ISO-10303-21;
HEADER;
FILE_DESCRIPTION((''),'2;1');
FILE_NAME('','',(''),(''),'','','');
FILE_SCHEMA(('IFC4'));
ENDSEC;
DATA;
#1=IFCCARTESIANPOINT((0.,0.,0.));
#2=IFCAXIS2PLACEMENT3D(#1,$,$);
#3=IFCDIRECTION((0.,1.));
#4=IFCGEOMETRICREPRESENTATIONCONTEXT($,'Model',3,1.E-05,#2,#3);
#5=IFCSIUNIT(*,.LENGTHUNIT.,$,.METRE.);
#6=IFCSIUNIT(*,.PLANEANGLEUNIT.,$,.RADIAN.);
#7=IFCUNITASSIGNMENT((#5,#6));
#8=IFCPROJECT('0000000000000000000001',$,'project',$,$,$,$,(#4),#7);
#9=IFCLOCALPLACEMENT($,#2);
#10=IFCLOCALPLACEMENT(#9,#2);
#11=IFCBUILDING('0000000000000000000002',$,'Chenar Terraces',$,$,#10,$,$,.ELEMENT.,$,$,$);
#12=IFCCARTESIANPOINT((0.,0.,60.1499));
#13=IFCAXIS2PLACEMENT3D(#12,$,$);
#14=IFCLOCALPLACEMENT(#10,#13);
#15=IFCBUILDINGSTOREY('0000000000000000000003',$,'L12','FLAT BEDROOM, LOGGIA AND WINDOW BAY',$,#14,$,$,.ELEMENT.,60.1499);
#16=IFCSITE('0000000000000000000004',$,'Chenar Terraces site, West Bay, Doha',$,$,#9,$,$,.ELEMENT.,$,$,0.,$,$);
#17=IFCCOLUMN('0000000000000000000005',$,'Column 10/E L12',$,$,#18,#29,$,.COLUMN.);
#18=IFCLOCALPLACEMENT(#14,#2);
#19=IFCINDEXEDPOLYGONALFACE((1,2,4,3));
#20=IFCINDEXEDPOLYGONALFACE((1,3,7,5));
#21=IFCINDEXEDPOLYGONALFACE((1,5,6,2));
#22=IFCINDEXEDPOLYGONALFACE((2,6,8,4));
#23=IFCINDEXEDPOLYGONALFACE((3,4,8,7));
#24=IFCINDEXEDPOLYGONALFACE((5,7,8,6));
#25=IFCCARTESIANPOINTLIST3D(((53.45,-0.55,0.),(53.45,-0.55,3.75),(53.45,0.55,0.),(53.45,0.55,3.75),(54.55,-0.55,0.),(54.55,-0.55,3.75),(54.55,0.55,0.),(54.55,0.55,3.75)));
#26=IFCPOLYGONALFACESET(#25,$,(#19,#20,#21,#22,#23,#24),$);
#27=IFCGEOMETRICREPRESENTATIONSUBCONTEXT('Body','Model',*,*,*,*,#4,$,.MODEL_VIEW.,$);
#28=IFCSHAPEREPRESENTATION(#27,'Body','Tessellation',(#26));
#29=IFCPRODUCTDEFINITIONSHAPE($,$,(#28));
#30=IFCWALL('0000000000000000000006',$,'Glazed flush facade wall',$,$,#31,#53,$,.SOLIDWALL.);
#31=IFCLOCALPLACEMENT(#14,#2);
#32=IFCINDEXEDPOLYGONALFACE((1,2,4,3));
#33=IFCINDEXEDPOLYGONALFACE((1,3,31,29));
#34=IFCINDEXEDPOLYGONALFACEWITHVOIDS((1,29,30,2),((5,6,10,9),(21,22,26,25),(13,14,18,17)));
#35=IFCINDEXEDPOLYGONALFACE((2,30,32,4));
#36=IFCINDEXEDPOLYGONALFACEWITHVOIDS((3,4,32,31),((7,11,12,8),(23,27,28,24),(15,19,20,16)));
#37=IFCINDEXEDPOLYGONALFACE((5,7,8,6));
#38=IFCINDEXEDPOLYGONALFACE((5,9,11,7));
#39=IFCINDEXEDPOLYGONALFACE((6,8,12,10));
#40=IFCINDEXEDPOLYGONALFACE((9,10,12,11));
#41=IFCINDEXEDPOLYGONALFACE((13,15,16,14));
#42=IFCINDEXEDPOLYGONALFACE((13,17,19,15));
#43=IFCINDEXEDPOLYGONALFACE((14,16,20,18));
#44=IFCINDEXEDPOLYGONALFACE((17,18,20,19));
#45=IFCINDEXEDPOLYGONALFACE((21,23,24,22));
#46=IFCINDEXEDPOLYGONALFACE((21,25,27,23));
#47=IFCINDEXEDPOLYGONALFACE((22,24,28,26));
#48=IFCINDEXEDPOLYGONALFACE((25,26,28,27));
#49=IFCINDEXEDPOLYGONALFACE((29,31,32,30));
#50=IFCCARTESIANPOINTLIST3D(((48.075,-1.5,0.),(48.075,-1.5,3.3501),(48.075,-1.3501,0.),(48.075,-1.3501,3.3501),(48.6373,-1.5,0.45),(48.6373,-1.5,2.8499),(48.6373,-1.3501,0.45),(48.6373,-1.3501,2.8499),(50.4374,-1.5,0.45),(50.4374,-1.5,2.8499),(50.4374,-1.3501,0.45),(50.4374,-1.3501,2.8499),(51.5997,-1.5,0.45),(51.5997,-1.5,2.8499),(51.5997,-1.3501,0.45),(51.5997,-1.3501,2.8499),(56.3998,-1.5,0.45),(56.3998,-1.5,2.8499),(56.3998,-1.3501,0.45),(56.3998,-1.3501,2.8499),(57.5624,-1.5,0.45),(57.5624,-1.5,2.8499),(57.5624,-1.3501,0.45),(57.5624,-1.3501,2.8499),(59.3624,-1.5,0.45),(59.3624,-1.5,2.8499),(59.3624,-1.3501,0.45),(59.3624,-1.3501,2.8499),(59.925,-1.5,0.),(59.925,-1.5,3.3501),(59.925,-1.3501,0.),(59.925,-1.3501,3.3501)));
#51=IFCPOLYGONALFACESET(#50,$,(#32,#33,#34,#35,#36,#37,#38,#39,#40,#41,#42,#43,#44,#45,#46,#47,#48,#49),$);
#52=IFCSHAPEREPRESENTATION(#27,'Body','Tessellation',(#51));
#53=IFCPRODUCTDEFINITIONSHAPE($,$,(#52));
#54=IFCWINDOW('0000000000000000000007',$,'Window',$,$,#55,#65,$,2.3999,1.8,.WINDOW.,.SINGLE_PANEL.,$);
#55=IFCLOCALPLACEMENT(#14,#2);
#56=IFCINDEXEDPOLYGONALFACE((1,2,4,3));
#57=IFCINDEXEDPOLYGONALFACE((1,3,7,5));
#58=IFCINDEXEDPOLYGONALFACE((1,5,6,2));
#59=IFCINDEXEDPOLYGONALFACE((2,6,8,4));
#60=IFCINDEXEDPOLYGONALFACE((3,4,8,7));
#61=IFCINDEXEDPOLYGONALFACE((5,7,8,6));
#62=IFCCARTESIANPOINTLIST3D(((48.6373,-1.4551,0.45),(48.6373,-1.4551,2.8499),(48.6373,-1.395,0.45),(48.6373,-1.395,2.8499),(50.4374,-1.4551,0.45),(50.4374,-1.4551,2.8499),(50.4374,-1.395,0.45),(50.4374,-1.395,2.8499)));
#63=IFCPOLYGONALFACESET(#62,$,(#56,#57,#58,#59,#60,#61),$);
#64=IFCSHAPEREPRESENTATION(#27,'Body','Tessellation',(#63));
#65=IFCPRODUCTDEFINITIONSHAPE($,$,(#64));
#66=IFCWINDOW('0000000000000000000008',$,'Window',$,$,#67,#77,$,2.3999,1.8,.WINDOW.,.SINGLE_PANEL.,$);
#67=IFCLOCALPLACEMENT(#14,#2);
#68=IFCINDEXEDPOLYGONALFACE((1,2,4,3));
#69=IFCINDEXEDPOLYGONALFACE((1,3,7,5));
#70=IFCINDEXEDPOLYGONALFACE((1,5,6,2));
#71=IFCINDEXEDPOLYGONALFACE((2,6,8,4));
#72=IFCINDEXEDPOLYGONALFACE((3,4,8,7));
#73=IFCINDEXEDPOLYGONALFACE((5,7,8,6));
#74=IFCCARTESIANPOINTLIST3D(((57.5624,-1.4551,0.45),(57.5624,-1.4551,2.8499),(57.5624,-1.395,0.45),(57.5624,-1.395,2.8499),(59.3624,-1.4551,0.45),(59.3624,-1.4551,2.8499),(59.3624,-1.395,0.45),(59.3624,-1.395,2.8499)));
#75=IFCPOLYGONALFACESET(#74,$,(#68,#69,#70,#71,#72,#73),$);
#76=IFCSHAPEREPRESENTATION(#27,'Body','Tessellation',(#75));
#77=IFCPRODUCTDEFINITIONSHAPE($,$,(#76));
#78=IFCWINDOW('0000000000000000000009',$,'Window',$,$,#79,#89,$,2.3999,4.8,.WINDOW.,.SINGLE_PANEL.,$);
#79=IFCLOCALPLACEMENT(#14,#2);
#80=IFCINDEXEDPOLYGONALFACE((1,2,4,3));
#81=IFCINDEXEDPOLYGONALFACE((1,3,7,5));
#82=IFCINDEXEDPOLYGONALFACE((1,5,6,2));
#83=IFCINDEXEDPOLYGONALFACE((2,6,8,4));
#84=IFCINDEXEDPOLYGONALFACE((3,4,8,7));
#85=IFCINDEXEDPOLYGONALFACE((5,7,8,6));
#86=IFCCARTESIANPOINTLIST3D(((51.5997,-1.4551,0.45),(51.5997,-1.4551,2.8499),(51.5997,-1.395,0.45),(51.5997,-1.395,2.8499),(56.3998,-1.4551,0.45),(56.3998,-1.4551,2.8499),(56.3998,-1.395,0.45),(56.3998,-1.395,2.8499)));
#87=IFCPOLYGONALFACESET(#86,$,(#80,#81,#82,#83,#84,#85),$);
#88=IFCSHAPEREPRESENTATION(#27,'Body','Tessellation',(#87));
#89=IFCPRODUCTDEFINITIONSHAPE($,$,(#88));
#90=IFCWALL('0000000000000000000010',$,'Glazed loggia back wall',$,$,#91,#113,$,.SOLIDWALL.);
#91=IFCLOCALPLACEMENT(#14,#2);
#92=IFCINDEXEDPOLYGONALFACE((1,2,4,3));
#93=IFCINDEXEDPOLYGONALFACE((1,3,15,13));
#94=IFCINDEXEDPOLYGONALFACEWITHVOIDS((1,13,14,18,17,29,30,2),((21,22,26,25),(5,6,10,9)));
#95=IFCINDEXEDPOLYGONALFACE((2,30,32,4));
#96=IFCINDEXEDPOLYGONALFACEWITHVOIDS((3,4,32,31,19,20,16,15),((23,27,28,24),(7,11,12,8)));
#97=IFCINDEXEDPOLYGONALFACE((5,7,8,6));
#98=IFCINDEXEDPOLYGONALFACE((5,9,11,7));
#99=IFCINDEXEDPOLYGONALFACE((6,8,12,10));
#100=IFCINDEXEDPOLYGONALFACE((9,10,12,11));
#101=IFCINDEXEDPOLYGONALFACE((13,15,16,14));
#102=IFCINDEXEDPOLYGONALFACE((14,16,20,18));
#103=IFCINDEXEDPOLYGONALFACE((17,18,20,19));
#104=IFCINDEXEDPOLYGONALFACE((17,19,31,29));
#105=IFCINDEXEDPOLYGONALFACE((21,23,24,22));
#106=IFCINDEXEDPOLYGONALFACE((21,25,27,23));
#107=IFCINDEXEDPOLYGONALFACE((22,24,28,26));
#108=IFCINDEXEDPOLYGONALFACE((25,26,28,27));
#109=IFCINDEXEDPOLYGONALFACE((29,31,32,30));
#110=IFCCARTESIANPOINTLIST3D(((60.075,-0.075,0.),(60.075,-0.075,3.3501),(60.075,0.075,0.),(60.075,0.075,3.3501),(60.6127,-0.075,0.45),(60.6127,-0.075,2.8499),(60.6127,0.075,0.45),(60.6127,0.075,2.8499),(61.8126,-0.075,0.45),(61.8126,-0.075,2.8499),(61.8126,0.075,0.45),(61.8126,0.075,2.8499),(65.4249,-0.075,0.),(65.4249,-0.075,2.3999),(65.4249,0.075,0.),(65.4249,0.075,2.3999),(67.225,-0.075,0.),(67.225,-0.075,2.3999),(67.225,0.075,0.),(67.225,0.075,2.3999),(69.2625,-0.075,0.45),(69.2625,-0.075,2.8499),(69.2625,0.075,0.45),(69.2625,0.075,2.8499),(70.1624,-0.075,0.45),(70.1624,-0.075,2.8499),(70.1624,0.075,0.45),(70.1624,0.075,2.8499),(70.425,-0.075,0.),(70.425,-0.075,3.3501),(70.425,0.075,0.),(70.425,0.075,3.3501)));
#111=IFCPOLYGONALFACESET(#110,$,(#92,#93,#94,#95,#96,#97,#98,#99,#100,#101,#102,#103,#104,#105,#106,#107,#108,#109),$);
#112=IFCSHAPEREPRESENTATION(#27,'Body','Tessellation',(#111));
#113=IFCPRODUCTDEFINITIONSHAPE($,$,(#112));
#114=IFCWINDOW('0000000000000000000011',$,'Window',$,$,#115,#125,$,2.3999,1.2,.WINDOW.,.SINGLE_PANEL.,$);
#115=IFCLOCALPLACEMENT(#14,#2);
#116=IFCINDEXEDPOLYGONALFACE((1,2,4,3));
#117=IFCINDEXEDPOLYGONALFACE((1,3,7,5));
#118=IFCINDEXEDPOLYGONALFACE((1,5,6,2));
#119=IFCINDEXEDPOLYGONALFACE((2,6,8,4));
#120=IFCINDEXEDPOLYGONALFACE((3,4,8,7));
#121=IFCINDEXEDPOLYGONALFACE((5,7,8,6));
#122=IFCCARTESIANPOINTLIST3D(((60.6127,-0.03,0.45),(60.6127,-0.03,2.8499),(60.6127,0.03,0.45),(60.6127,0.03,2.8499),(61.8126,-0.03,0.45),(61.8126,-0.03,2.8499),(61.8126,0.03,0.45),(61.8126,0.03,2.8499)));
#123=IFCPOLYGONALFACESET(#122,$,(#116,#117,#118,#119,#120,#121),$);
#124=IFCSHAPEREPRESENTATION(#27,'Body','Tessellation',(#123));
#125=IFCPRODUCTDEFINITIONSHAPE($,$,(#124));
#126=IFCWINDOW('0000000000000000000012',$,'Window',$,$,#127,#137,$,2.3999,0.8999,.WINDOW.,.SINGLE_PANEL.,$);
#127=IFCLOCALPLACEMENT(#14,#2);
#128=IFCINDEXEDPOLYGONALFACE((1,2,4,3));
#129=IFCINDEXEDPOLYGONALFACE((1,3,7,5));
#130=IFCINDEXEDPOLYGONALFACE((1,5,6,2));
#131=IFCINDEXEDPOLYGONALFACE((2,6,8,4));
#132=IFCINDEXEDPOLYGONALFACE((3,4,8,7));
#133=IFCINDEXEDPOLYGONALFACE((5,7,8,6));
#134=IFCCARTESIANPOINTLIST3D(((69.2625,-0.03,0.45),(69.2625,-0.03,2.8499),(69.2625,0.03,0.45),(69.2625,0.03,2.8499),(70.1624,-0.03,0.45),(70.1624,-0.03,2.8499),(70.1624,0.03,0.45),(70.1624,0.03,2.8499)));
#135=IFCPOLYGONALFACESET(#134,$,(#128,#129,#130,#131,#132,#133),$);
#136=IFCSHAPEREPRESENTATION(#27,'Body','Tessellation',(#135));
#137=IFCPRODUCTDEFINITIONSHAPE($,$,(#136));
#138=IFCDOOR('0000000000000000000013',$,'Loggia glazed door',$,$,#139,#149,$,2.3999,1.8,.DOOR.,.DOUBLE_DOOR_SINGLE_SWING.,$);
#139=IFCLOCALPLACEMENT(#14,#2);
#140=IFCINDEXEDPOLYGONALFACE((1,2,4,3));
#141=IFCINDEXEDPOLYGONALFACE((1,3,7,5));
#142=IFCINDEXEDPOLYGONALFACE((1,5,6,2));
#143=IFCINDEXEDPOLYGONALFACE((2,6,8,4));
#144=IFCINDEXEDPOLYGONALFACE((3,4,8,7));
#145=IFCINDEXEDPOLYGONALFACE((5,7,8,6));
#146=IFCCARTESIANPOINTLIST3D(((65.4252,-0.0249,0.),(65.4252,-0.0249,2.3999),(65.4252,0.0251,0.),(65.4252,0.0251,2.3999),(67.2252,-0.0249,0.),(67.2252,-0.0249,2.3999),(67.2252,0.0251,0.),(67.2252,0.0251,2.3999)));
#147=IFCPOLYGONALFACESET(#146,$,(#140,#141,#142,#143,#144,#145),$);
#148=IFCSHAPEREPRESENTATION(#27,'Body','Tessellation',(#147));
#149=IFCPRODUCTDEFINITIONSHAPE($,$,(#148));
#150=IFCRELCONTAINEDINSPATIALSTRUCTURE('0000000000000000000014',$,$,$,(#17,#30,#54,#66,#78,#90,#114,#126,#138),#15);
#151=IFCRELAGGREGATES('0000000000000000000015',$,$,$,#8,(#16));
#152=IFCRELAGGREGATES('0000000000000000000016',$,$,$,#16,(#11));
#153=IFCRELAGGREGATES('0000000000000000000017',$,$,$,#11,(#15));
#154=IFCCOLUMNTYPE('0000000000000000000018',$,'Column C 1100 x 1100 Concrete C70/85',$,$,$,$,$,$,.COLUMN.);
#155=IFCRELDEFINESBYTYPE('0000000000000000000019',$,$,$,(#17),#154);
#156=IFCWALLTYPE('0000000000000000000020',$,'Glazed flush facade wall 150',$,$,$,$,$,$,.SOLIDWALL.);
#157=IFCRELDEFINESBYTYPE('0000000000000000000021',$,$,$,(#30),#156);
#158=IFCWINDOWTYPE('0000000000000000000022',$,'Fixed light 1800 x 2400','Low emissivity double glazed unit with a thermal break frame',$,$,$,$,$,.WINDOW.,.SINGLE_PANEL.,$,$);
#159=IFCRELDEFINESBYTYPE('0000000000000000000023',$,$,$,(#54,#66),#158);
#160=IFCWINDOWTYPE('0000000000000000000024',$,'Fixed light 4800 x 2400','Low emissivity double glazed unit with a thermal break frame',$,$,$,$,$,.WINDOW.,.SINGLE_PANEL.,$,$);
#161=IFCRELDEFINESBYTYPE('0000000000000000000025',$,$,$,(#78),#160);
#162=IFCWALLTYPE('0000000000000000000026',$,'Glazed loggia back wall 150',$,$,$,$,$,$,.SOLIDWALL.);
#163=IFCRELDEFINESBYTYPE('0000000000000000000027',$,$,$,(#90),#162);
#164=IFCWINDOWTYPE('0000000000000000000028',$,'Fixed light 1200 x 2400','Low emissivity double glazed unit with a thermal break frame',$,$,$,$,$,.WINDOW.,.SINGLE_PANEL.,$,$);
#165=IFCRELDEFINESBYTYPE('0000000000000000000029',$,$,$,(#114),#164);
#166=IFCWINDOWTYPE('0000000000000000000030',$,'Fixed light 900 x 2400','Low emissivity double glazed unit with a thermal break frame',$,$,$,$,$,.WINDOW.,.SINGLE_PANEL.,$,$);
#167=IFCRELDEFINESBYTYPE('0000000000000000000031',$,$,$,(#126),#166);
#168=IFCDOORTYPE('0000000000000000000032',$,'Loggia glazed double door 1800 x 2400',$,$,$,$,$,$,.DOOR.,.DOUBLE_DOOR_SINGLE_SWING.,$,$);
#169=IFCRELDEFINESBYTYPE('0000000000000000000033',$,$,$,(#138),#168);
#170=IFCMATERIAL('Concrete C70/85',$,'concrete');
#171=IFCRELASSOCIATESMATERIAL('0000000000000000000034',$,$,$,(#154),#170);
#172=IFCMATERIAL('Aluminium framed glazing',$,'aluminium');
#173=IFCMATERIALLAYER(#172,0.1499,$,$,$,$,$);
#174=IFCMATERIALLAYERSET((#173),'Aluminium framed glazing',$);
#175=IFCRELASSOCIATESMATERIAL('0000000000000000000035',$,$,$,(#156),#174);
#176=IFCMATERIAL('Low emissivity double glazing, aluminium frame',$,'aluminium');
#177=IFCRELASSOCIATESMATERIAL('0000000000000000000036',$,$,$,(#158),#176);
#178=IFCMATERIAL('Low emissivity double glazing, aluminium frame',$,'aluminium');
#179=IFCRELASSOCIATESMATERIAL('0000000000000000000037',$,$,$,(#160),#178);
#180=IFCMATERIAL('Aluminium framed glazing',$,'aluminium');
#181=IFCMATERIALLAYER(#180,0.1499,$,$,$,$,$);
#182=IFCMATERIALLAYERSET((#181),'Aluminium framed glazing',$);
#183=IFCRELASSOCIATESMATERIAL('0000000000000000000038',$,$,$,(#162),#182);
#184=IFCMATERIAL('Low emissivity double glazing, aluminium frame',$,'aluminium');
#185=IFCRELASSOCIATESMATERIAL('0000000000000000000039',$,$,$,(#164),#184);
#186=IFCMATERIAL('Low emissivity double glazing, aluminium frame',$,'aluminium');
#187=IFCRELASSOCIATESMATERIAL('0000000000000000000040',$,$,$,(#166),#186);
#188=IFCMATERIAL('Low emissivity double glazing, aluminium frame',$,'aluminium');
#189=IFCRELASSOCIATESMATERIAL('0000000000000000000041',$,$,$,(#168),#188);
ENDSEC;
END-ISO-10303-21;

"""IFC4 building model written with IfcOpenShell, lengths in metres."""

from ifc_helpers import new_model, si_unit, direction, frame, frame_2d, origin, origin_2d, place, context, subcontext, project, spatial, rectangle, extrude, material, layer, layer_set, material_profile, profile_set, type_object, element, fill, save


model = new_model("IFC4")

# Units and contexts
model_context = context("Model", 3, precision=1e-05, world=origin(), true_north=direction((0.0, 1.0)))
body_context = subcontext(model_context, "Body", "Model", "MODEL_VIEW")
ifc_project = project(units=[si_unit("LENGTHUNIT", "METRE"), si_unit("PLANEANGLEUNIT", "RADIAN")], contexts=[model_context])

# Site, building, storey
site_placement = place(None, origin())
site = spatial("IfcSite", under=ifc_project, at=site_placement, Name="Chenar Terraces site, West Bay, Doha", CompositionType="ELEMENT", RefElevation=0.0)
building_placement = place(site_placement, origin())
building = spatial("IfcBuilding", under=site, at=building_placement, Name="Chenar Terraces", CompositionType="ELEMENT")
storey_placement = place(building_placement, frame((0.0, 0.0, 60.1499)))
storey = spatial("IfcBuildingStorey", under=building, at=storey_placement, Name="L12", Description="FLAT BEDROOM, LOGGIA AND WINDOW BAY", CompositionType="ELEMENT", Elevation=60.1499)

# Column
ifc_material_1 = material(Name="Concrete C70/85", Category="concrete")
ifc_material_profile = material_profile(ifc_material_1, rectangle(XDim=1.1001, YDim=1.1001, at=origin_2d()), Name="C 1100 x 1100")
ifc_profile_set = profile_set([ifc_material_profile], Name="Concrete C70/85")
column_type = type_object("IfcColumnType", Name="Column C 1100 x 1100 Concrete C70/85", PredefinedType="COLUMN", material=ifc_profile_set)
column_placement = place(storey_placement, frame((54.0, 0.0, 0.0), z_axis=(0.0, 0.0, 1.0), x_axis=(1.0, 0.0, 0.0)))
element("IfcColumn", 1, at=column_placement, inside=storey, type_object=column_type, Name="Column 10/E L12", PredefinedType="COLUMN", context=body_context, shape_type="SweptSolid", body=[
    extrude(rectangle(XDim=1.1001, YDim=1.1001, at=origin_2d()), origin(), (0.0, 0.0, 1.0), 3.75),
])

# Wall, openings, windows
ifc_material_2 = material(Name="Aluminium framed glazing", Category="aluminium")
ifc_layer_1 = layer(ifc_material_2, 0.1499)
ifc_layer_set_1 = layer_set([ifc_layer_1], Name="Aluminium framed glazing")
wall_type_1 = type_object("IfcWallType", Name="Glazed flush facade wall 150", PredefinedType="SOLIDWALL", material=ifc_layer_set_1)
wall_1_placement = place(storey_placement, frame((48.075, -1.425, 0.0), z_axis=(0.0, 0.0, 1.0), x_axis=(1.0, 0.0, 0.0)))
wall_1 = element("IfcWall", 2, at=wall_1_placement, inside=storey, type_object=wall_type_1, Name="Glazed flush facade wall", PredefinedType="SOLIDWALL", context=body_context, shape_type="SweptSolid", body=[
    extrude(rectangle(XDim=11.8501, YDim=0.1499, at=frame_2d((5.925, 0.0))), origin(), (0.0, 0.0, 1.0), 3.3501),
])
opening_1_placement = place(wall_1_placement, frame((0.5625, 0.0, 0.45)))
opening_1 = element("IfcOpeningElement", 3, at=opening_1_placement, cuts=wall_1, PredefinedType="OPENING", context=body_context, shape_type="SweptSolid", body=[
    extrude(rectangle(XDim=1.8, YDim=2.3999, at=frame_2d((0.8999, 1.2))), frame((0.0, 0.085, 0.0), z_axis=(0.0, -1.0, 0.0), x_axis=(1.0, 0.0, 0.0)), (0.0, 0.0, 1.0), 0.1699),
])
opening_2_placement = place(wall_1_placement, frame((3.5249, 0.0, 0.45)))
opening_2 = element("IfcOpeningElement", 4, at=opening_2_placement, cuts=wall_1, PredefinedType="OPENING", context=body_context, shape_type="SweptSolid", body=[
    extrude(rectangle(XDim=4.8, YDim=2.3999, at=frame_2d((2.3999, 1.2))), frame((0.0, 0.085, 0.0), z_axis=(0.0, -1.0, 0.0), x_axis=(1.0, 0.0, 0.0)), (0.0, 0.0, 1.0), 0.1699),
])
opening_3_placement = place(wall_1_placement, frame((9.4875, 0.0, 0.45)))
opening_3 = element("IfcOpeningElement", 5, at=opening_3_placement, cuts=wall_1, PredefinedType="OPENING", context=body_context, shape_type="SweptSolid", body=[
    extrude(rectangle(XDim=1.8, YDim=2.3999, at=frame_2d((0.8999, 1.2))), frame((0.0, 0.085, 0.0), z_axis=(0.0, -1.0, 0.0), x_axis=(1.0, 0.0, 0.0)), (0.0, 0.0, 1.0), 0.1699),
])
ifc_material_3 = material(Name="Low emissivity double glazing, aluminium frame", Category="aluminium")
window_type_1 = type_object("IfcWindowType", Name="Fixed light 1800 x 2400", Description="Low emissivity double glazed unit with a thermal break frame", PartitioningType="SINGLE_PANEL", PredefinedType="WINDOW", material=ifc_material_3)
window_1_placement = place(opening_1_placement, origin())
window_1 = element("IfcWindow", 6, at=window_1_placement, inside=storey, type_object=window_type_1, Name="Window", OverallHeight=2.3999, OverallWidth=1.8, PartitioningType="SINGLE_PANEL", PredefinedType="WINDOW", context=body_context, shape_type="SweptSolid", body=[
    extrude(rectangle(XDim=1.8, YDim=2.3999, at=frame_2d((0.8999, 1.2))), frame((0.0, 0.03, 0.0), z_axis=(0.0, -1.0, 0.0), x_axis=(1.0, 0.0, 0.0)), (0.0, 0.0, 1.0), 0.0601),
])
fill(opening_1, window_1)
window_2_placement = place(opening_3_placement, origin())
window_2 = element("IfcWindow", 7, at=window_2_placement, inside=storey, type_object=window_type_1, Name="Window", OverallHeight=2.3999, OverallWidth=1.8, PartitioningType="SINGLE_PANEL", PredefinedType="WINDOW", context=body_context, shape_type="SweptSolid", body=[
    extrude(rectangle(XDim=1.8, YDim=2.3999, at=frame_2d((0.8999, 1.2))), frame((0.0, 0.03, 0.0), z_axis=(0.0, -1.0, 0.0), x_axis=(1.0, 0.0, 0.0)), (0.0, 0.0, 1.0), 0.0601),
])
fill(opening_3, window_2)
ifc_material_4 = material(Name="Low emissivity double glazing, aluminium frame", Category="aluminium")
window_type_2 = type_object("IfcWindowType", Name="Fixed light 4800 x 2400", Description="Low emissivity double glazed unit with a thermal break frame", PartitioningType="SINGLE_PANEL", PredefinedType="WINDOW", material=ifc_material_4)
window_3_placement = place(opening_2_placement, origin())
window_3 = element("IfcWindow", 8, at=window_3_placement, inside=storey, type_object=window_type_2, Name="Window", OverallHeight=2.3999, OverallWidth=4.8, PartitioningType="SINGLE_PANEL", PredefinedType="WINDOW", context=body_context, shape_type="SweptSolid", body=[
    extrude(rectangle(XDim=4.8, YDim=2.3999, at=frame_2d((2.3999, 1.2))), frame((0.0, 0.03, 0.0), z_axis=(0.0, -1.0, 0.0), x_axis=(1.0, 0.0, 0.0)), (0.0, 0.0, 1.0), 0.0601),
])
fill(opening_2, window_3)

# Wall, openings, windows, door
ifc_material_5 = material(Name="Aluminium framed glazing", Category="aluminium")
ifc_layer_2 = layer(ifc_material_5, 0.1499)
ifc_layer_set_2 = layer_set([ifc_layer_2], Name="Aluminium framed glazing")
wall_type_2 = type_object("IfcWallType", Name="Glazed loggia back wall 150", PredefinedType="SOLIDWALL", material=ifc_layer_set_2)
wall_2_placement = place(storey_placement, frame((60.075, 0.0, 0.0), z_axis=(0.0, 0.0, 1.0), x_axis=(1.0, 0.0, 0.0)))
wall_2 = element("IfcWall", 9, at=wall_2_placement, inside=storey, type_object=wall_type_2, Name="Glazed loggia back wall", PredefinedType="SOLIDWALL", context=body_context, shape_type="SweptSolid", body=[
    extrude(rectangle(XDim=10.3501, YDim=0.1499, at=frame_2d((5.175, 0.0))), origin(), (0.0, 0.0, 1.0), 3.3501),
])
opening_4_placement = place(wall_2_placement, frame((0.5376, 0.0, 0.45)))
opening_4 = element("IfcOpeningElement", 10, at=opening_4_placement, cuts=wall_2, PredefinedType="OPENING", context=body_context, shape_type="SweptSolid", body=[
    extrude(rectangle(XDim=1.2, YDim=2.3999, at=frame_2d((0.6001, 1.2))), frame((0.0, 0.085, 0.0), z_axis=(0.0, -1.0, 0.0), x_axis=(1.0, 0.0, 0.0)), (0.0, 0.0, 1.0), 0.1699),
])
opening_5_placement = place(wall_2_placement, frame((5.3501, 0.0, 0.0)))
opening_5 = element("IfcOpeningElement", 11, at=opening_5_placement, cuts=wall_2, PredefinedType="OPENING", context=body_context, shape_type="SweptSolid", body=[
    extrude(rectangle(XDim=1.8, YDim=2.3999, at=frame_2d((0.8999, 1.2))), frame((0.0, 0.085, 0.0), z_axis=(0.0, -1.0, 0.0), x_axis=(1.0, 0.0, 0.0)), (0.0, 0.0, 1.0), 0.1699),
])
opening_6_placement = place(wall_2_placement, frame((9.1875, 0.0, 0.45)))
opening_6 = element("IfcOpeningElement", 12, at=opening_6_placement, cuts=wall_2, PredefinedType="OPENING", context=body_context, shape_type="SweptSolid", body=[
    extrude(rectangle(XDim=0.8999, YDim=2.3999, at=frame_2d((0.45, 1.2))), frame((0.0, 0.085, 0.0), z_axis=(0.0, -1.0, 0.0), x_axis=(1.0, 0.0, 0.0)), (0.0, 0.0, 1.0), 0.1699),
])
ifc_material_6 = material(Name="Low emissivity double glazing, aluminium frame", Category="aluminium")
window_type_3 = type_object("IfcWindowType", Name="Fixed light 1200 x 2400", Description="Low emissivity double glazed unit with a thermal break frame", PartitioningType="SINGLE_PANEL", PredefinedType="WINDOW", material=ifc_material_6)
window_4_placement = place(opening_4_placement, origin())
window_4 = element("IfcWindow", 13, at=window_4_placement, inside=storey, type_object=window_type_3, Name="Window", OverallHeight=2.3999, OverallWidth=1.2, PartitioningType="SINGLE_PANEL", PredefinedType="WINDOW", context=body_context, shape_type="SweptSolid", body=[
    extrude(rectangle(XDim=1.2, YDim=2.3999, at=frame_2d((0.6001, 1.2))), frame((0.0, 0.03, 0.0), z_axis=(0.0, -1.0, 0.0), x_axis=(1.0, 0.0, 0.0)), (0.0, 0.0, 1.0), 0.0601),
])
fill(opening_4, window_4)
ifc_material_7 = material(Name="Low emissivity double glazing, aluminium frame", Category="aluminium")
window_type_4 = type_object("IfcWindowType", Name="Fixed light 900 x 2400", Description="Low emissivity double glazed unit with a thermal break frame", PartitioningType="SINGLE_PANEL", PredefinedType="WINDOW", material=ifc_material_7)
window_5_placement = place(opening_6_placement, origin())
window_5 = element("IfcWindow", 14, at=window_5_placement, inside=storey, type_object=window_type_4, Name="Window", OverallHeight=2.3999, OverallWidth=0.8999, PartitioningType="SINGLE_PANEL", PredefinedType="WINDOW", context=body_context, shape_type="SweptSolid", body=[
    extrude(rectangle(XDim=0.8999, YDim=2.3999, at=frame_2d((0.45, 1.2))), frame((0.0, 0.03, 0.0), z_axis=(0.0, -1.0, 0.0), x_axis=(1.0, 0.0, 0.0)), (0.0, 0.0, 1.0), 0.0601),
])
fill(opening_6, window_5)
ifc_material_8 = material(Name="Low emissivity double glazing, aluminium frame", Category="aluminium")
door_type_1 = type_object("IfcDoorType", Name="Loggia glazed double door 1800 x 2400", OperationType="DOUBLE_DOOR_SINGLE_SWING", PredefinedType="DOOR", material=ifc_material_8)
door_1_placement = place(opening_5_placement, frame((1.8, 0.0, 0.0), z_axis=(0.0, 0.0, 1.0), x_axis=(-1.0, 0.0, 0.0)))
door_1 = element("IfcDoor", 15, at=door_1_placement, inside=storey, type_object=door_type_1, Name="Loggia glazed door", OperationType="DOUBLE_DOOR_SINGLE_SWING", OverallHeight=2.3999, OverallWidth=1.8, PredefinedType="DOOR", context=body_context, shape_type="SweptSolid", body=[
    extrude(rectangle(XDim=1.8, YDim=2.3999, at=frame_2d((0.8999, 1.2))), frame((0.0, 0.0249, 0.0), z_axis=(0.0, -1.0, 0.0), x_axis=(1.0, 0.0, 0.0)), (0.0, 0.0, 1.0), 0.05),
])
fill(opening_5, door_1)

save(model, "model.ifc")
